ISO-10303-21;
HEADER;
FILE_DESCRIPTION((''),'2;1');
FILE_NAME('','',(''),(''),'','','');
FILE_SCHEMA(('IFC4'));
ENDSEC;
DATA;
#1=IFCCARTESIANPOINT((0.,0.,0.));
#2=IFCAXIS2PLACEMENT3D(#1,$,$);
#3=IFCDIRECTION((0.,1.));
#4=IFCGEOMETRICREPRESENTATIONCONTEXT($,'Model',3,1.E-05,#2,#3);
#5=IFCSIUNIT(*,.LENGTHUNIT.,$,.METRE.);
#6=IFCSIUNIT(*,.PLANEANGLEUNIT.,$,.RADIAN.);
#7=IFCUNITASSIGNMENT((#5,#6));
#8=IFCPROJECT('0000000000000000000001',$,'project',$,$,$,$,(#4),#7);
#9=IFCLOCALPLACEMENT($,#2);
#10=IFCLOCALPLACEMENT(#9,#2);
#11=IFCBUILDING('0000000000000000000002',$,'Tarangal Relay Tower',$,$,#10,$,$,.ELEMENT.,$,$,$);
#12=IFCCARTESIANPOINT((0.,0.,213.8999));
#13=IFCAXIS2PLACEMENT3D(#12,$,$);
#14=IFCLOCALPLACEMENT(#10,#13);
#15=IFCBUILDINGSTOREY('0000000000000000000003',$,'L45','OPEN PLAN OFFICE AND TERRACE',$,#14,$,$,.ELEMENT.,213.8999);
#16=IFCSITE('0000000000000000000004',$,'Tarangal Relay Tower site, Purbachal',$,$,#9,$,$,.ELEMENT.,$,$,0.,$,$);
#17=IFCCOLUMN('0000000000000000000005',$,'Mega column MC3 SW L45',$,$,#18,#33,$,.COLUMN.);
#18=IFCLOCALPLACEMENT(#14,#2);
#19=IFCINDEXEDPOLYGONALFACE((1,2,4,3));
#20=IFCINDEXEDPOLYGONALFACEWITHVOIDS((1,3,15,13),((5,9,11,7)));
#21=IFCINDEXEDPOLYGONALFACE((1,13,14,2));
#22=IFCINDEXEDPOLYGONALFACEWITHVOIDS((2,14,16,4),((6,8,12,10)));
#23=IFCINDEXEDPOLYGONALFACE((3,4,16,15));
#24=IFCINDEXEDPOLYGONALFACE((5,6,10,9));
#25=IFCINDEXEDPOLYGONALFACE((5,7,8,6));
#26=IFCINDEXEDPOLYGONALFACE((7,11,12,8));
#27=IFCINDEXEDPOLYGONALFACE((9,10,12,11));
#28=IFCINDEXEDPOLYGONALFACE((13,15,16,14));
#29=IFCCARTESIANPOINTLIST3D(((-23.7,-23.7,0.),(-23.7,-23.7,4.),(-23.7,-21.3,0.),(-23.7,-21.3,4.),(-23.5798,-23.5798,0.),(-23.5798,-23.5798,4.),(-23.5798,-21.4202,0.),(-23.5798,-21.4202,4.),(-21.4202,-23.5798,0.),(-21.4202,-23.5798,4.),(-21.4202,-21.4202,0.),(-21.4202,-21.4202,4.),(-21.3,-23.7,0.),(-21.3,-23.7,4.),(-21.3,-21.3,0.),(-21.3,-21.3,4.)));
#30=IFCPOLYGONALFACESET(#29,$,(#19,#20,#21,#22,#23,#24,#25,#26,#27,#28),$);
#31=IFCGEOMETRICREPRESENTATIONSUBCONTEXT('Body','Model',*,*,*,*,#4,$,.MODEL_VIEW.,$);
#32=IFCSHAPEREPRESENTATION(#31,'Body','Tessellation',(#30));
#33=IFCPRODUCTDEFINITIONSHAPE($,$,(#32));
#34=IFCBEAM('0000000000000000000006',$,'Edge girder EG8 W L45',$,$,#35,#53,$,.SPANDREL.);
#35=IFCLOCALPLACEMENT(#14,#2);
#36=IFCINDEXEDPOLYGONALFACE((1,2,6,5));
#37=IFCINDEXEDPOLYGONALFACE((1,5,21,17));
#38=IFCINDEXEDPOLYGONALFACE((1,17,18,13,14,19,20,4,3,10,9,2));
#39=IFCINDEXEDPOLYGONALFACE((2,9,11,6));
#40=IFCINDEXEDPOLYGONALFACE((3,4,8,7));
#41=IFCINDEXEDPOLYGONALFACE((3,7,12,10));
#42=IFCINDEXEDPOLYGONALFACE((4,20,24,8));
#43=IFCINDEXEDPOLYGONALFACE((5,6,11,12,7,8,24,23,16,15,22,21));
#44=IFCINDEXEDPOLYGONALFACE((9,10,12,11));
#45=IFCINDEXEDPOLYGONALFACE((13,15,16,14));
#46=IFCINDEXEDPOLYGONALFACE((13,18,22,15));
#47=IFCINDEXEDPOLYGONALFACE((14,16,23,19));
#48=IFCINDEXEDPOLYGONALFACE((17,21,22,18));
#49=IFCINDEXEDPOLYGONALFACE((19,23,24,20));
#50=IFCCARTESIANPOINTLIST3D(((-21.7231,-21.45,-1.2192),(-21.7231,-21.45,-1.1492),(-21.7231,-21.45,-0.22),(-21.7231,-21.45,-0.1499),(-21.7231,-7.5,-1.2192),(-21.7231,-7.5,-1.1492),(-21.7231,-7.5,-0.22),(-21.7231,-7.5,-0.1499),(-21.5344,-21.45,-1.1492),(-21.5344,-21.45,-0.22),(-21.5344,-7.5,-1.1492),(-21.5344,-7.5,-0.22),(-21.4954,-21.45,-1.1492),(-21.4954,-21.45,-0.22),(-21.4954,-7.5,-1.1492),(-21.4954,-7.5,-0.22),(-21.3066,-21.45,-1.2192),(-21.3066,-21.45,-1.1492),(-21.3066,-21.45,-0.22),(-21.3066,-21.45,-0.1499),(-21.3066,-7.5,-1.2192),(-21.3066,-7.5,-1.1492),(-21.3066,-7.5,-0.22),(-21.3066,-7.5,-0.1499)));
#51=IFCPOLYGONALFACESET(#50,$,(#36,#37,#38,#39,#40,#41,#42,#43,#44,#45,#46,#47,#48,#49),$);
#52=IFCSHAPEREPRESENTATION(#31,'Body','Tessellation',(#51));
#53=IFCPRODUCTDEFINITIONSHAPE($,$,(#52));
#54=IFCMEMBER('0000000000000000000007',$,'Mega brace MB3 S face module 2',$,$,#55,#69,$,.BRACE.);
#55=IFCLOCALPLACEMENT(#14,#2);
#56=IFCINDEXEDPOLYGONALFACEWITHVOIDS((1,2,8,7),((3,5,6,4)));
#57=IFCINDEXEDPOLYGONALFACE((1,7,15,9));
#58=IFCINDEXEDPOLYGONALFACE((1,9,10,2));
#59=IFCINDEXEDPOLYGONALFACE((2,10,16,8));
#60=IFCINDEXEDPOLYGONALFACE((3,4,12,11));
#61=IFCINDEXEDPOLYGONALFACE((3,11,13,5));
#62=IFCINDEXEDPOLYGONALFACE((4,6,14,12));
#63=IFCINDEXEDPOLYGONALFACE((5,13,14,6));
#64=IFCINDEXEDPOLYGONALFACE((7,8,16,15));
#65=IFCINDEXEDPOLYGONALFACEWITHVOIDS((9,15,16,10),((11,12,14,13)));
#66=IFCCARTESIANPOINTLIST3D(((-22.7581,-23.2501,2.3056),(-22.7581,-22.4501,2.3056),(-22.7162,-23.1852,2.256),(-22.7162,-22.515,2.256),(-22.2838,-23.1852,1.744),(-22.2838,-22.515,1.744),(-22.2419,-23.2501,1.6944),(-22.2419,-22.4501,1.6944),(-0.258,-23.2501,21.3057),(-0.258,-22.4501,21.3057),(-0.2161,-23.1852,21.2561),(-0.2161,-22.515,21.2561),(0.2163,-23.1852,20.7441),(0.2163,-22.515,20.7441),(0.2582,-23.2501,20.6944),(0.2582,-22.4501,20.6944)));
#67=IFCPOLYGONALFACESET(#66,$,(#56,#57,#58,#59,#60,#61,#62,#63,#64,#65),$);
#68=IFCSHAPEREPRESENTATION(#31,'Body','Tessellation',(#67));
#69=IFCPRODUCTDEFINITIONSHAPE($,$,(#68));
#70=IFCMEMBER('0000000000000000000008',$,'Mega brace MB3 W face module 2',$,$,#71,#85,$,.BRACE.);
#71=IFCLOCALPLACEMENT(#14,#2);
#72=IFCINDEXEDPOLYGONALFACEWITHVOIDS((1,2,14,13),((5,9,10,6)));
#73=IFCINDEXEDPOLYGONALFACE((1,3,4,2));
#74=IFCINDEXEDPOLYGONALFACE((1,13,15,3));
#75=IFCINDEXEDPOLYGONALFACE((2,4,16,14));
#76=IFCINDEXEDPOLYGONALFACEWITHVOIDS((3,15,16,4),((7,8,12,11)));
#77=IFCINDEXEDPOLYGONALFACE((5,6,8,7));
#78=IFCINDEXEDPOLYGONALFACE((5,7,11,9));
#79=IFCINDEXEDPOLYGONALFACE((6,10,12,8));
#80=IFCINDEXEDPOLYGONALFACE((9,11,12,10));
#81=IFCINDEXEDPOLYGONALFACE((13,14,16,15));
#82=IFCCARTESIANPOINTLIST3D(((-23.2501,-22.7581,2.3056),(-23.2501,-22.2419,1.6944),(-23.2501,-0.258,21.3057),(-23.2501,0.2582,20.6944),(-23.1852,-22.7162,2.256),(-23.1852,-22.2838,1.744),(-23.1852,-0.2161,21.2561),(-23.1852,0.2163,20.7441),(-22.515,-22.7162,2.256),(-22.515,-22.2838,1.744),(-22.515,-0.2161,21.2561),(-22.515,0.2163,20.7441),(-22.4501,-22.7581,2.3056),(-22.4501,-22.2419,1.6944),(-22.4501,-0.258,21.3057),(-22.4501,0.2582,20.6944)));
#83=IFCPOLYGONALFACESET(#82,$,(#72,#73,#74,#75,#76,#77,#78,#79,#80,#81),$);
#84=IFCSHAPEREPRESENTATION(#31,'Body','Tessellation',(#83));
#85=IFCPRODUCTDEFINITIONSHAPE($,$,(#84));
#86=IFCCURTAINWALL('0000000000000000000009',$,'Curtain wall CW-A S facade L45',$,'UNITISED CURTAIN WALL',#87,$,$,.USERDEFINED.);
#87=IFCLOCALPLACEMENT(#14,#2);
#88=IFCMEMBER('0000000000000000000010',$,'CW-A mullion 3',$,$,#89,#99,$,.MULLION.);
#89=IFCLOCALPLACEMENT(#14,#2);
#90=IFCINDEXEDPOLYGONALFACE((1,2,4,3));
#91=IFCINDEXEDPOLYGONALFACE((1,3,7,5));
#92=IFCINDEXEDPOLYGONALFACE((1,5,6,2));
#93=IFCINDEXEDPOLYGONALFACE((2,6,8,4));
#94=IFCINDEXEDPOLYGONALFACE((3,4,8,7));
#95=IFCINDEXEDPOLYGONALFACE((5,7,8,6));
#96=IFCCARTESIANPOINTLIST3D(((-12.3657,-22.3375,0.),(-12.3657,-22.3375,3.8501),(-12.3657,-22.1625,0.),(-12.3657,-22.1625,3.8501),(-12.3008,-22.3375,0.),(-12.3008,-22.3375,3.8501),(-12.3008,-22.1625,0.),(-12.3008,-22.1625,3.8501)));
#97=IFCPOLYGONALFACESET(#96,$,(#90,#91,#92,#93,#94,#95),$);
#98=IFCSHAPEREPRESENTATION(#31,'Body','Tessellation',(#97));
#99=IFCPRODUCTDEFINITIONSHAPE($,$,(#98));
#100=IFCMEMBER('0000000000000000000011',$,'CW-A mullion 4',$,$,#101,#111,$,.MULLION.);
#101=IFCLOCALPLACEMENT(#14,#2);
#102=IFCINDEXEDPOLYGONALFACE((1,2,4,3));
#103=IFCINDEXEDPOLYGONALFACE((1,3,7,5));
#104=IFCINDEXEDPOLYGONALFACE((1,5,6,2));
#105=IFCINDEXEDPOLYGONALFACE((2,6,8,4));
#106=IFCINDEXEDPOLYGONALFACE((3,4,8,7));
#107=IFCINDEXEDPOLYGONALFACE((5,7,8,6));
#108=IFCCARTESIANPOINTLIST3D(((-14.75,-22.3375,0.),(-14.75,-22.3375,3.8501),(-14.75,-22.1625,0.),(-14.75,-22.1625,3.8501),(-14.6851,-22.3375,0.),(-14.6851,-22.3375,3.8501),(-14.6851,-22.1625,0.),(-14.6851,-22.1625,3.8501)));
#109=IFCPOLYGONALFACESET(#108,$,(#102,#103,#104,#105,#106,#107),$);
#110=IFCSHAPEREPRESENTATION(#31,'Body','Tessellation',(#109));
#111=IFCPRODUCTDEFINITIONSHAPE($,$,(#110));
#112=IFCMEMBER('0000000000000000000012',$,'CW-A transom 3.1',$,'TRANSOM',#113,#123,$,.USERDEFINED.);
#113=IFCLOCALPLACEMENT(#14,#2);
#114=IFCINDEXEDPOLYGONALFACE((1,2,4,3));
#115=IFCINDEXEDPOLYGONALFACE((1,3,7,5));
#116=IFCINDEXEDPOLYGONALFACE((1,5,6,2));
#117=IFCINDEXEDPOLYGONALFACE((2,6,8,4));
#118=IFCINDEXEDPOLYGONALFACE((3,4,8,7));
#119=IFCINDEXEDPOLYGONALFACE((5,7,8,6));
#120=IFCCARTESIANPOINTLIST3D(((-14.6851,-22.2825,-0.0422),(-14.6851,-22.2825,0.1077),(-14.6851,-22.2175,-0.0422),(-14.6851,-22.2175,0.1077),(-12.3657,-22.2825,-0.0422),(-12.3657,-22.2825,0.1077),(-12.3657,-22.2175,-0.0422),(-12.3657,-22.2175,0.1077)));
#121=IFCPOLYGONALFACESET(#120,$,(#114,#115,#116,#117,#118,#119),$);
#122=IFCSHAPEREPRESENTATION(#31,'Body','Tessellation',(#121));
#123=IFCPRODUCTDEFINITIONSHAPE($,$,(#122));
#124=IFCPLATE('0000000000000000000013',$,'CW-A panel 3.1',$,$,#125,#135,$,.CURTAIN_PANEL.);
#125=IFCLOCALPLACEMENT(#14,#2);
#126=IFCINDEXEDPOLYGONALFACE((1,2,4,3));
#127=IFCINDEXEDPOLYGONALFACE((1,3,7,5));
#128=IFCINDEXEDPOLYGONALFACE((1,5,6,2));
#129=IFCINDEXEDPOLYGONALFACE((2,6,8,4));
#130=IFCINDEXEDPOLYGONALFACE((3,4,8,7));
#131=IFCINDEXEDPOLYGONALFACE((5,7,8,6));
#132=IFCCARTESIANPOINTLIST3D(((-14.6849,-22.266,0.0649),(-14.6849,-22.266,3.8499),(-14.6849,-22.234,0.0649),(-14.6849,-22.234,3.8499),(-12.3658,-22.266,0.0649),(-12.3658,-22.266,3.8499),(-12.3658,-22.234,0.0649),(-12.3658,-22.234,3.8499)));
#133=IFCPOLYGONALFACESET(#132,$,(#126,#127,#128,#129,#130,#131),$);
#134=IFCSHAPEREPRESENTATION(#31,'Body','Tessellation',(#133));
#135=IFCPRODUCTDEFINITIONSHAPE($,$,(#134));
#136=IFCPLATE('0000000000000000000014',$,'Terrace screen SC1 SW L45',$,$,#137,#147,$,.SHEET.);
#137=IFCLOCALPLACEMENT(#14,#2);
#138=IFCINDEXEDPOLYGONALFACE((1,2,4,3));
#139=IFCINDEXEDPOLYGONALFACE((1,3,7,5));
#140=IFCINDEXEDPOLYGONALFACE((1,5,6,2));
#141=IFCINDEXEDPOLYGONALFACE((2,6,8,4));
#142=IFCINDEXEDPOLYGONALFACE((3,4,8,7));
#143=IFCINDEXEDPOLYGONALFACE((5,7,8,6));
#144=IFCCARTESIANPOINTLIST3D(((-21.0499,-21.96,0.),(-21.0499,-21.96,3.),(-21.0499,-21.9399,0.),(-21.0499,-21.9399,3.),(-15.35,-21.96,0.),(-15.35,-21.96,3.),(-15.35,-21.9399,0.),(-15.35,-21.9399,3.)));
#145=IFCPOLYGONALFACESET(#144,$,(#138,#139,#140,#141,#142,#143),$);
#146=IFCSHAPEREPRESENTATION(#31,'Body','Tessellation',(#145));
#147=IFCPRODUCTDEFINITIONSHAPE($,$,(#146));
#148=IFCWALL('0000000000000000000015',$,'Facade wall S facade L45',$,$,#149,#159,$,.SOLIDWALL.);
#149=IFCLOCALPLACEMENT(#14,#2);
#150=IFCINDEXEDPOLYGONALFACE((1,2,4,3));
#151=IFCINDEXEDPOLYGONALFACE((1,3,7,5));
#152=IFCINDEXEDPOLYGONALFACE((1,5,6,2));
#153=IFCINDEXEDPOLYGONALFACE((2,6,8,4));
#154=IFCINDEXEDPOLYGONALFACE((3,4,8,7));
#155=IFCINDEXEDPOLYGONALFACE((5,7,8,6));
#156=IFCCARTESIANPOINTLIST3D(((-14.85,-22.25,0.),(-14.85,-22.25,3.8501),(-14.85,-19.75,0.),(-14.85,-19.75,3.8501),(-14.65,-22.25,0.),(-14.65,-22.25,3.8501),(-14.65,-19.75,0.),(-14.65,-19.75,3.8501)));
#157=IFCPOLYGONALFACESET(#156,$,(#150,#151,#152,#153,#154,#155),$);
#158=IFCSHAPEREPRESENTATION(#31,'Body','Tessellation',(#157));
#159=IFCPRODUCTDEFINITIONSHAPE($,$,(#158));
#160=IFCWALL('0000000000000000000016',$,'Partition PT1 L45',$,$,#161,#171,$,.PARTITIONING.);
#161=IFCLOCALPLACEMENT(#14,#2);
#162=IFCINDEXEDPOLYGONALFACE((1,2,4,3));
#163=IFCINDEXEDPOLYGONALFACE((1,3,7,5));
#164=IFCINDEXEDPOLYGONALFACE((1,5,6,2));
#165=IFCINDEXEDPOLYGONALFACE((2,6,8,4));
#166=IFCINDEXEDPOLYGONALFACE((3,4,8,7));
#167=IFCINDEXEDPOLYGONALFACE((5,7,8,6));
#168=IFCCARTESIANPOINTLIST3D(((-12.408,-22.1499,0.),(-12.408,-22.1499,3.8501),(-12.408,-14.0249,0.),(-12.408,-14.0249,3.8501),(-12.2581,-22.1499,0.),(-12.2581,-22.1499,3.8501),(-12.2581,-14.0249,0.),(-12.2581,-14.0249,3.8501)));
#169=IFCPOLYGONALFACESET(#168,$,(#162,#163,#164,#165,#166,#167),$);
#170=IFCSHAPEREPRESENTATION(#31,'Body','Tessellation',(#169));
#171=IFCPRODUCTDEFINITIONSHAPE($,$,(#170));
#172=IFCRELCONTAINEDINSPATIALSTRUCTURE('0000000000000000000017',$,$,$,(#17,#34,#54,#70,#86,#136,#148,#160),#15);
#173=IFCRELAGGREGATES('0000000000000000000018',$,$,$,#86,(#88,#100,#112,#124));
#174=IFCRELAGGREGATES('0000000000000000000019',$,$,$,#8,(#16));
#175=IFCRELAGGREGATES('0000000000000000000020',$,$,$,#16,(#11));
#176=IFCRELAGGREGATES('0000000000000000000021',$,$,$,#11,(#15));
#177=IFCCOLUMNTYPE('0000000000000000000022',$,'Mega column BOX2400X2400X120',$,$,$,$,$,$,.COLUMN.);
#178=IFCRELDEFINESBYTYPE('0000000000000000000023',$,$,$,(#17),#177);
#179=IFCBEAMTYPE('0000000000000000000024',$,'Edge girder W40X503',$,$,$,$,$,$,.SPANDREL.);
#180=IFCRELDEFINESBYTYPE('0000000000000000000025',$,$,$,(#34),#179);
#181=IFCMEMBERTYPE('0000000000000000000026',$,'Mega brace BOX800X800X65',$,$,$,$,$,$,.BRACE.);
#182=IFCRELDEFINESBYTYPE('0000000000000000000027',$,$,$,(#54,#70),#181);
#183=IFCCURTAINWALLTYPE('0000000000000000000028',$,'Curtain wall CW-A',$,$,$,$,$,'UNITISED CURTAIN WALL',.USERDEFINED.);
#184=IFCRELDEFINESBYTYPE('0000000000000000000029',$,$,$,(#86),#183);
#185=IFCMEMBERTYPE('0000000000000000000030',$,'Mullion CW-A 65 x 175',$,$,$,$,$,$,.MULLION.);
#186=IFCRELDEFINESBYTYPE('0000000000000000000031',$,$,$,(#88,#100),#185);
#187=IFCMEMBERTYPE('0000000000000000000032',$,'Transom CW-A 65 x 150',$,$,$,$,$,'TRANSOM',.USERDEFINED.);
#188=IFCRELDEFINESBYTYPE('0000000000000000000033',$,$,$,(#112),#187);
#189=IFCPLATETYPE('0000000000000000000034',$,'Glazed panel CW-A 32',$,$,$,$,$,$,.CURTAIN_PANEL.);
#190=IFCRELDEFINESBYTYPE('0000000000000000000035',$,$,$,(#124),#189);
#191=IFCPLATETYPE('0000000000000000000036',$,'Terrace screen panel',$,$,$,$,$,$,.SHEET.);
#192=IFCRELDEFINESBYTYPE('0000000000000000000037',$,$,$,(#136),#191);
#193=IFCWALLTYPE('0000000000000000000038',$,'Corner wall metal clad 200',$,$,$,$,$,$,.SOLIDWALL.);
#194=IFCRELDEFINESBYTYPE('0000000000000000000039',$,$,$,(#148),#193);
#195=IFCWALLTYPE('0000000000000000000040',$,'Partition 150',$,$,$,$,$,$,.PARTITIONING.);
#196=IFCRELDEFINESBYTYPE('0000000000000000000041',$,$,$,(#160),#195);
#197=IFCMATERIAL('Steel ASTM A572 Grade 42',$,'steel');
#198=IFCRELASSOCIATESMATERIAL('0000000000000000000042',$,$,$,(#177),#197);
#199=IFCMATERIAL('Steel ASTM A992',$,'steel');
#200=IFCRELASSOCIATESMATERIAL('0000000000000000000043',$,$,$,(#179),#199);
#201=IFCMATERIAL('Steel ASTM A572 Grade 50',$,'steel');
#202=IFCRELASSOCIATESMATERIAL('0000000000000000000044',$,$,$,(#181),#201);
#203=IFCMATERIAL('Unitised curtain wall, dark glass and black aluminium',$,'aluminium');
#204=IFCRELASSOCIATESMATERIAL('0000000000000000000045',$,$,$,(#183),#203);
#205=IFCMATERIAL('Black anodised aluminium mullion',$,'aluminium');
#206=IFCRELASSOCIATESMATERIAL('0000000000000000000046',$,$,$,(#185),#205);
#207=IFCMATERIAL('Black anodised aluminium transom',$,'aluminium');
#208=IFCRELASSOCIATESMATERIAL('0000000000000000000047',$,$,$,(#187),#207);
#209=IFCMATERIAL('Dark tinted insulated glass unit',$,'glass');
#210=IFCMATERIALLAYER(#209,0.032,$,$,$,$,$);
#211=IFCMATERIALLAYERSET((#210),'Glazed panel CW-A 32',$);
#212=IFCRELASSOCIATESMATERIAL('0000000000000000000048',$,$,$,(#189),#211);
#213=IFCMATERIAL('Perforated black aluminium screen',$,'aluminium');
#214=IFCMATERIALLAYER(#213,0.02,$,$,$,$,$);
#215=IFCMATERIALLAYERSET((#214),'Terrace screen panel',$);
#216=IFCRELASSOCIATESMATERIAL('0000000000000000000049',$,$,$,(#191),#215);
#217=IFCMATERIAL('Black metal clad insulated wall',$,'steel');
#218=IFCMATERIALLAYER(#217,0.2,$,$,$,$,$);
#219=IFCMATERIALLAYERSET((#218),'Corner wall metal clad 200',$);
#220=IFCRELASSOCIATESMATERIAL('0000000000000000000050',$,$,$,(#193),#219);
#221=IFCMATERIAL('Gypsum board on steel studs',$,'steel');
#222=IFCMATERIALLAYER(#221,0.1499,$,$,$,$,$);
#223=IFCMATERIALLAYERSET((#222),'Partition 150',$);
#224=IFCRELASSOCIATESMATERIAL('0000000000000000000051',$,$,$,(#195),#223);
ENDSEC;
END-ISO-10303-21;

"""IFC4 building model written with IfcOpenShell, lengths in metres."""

from ifc_helpers import new_model, si_unit, direction, frame, frame_2d, origin, origin_2d, place, context, subcontext, project, spatial, rectangle, hollow_rectangle, i_section, extrude, material, layer, layer_set, material_profile, profile_set, type_object, element, aggregate, save


model = new_model("IFC4")

# Units and contexts
model_context = context("Model", 3, precision=1e-05, world=origin(), true_north=direction((0.0, 1.0)))
body_context = subcontext(model_context, "Body", "Model", "MODEL_VIEW")
ifc_project = project(units=[si_unit("LENGTHUNIT", "METRE"), si_unit("PLANEANGLEUNIT", "RADIAN")], contexts=[model_context])

# Site, building, storey
site_placement = place(None, origin())
site = spatial("IfcSite", under=ifc_project, at=site_placement, Name="Tarangal Relay Tower site, Purbachal", CompositionType="ELEMENT", RefElevation=0.0)
building_placement = place(site_placement, origin())
building = spatial("IfcBuilding", under=site, at=building_placement, Name="Tarangal Relay Tower", CompositionType="ELEMENT")
storey_placement = place(building_placement, frame((0.0, 0.0, 213.8999)))
storey = spatial("IfcBuildingStorey", under=building, at=storey_placement, Name="L45", Description="OPEN PLAN OFFICE AND TERRACE", CompositionType="ELEMENT", Elevation=213.8999)

# Column
ifc_material_1 = material(Name="Steel ASTM A572 Grade 42", Category="steel")
ifc_material_profile_1 = material_profile(ifc_material_1, hollow_rectangle(XDim=2.3999, YDim=2.3999, WallThickness=0.1201, at=origin_2d()), Name="BOX2400X2400X120")
ifc_profile_set_1 = profile_set([ifc_material_profile_1], Name="Steel ASTM A572 Grade 42")
column_type = type_object("IfcColumnType", Name="Mega column BOX2400X2400X120", PredefinedType="COLUMN", material=ifc_profile_set_1)
column_placement = place(storey_placement, frame((-22.5, -22.5, 0.0), z_axis=(0.0, 0.0, 1.0), x_axis=(1.0, 0.0, 0.0)))
element("IfcColumn", 1, at=column_placement, inside=storey, type_object=column_type, Name="Mega column MC3 SW L45", PredefinedType="COLUMN", context=body_context, shape_type="SweptSolid", body=[
    extrude(hollow_rectangle(XDim=2.3999, YDim=2.3999, WallThickness=0.1201, at=origin_2d()), origin(), (0.0, 0.0, 1.0), 4.0),
])

# Beam
ifc_material_2 = material(Name="Steel ASTM A992", Category="steel")
ifc_material_profile_2 = material_profile(ifc_material_2, i_section(OverallWidth=0.4165, OverallDepth=1.0693, WebThickness=0.0391, FlangeThickness=0.0701, at=origin_2d()), Name="W40X503")
ifc_profile_set_2 = profile_set([ifc_material_profile_2], Name="Steel ASTM A992")
beam_type = type_object("IfcBeamType", Name="Edge girder W40X503", PredefinedType="SPANDREL", material=ifc_profile_set_2)
beam_placement = place(storey_placement, frame((-21.5149, -21.45, -0.6846), z_axis=(0.0, 1.0, 0.0), x_axis=(-1.0, 0.0, 0.0)))
element("IfcBeam", 2, at=beam_placement, inside=storey, type_object=beam_type, Name="Edge girder EG8 W L45", PredefinedType="SPANDREL", context=body_context, shape_type="SweptSolid", body=[
    extrude(i_section(OverallWidth=0.4165, OverallDepth=1.0693, WebThickness=0.0391, FlangeThickness=0.0701, at=origin_2d()), origin(), (0.0, 0.0, 1.0), 13.95),
])

# Members
ifc_material_3 = material(Name="Steel ASTM A572 Grade 50", Category="steel")
ifc_material_profile_3 = material_profile(ifc_material_3, hollow_rectangle(XDim=0.8, YDim=0.8, WallThickness=0.0649, at=origin_2d()), Name="BOX800X800X65")
ifc_profile_set_3 = profile_set([ifc_material_profile_3], Name="Steel ASTM A572 Grade 50")
member_type_1 = type_object("IfcMemberType", Name="Mega brace BOX800X800X65", PredefinedType="BRACE", material=ifc_profile_set_3)
for number, where, z_axis, x_axis, name in (
    (3, (-22.5, -22.8501, 2.0), (0.76403, 0.0, 0.645181), (0.0, 1.0, 0.0), "Mega brace MB3 S face module 2"),
    (4, (-22.8501, -22.5, 2.0), (0.0, 0.76403, 0.645181), (-1.0, 0.0, 0.0), "Mega brace MB3 W face module 2"),
):
    element("IfcMember", number, at=place(storey_placement, frame(where, z_axis=z_axis, x_axis=x_axis)), inside=storey, type_object=member_type_1, Name=name, PredefinedType="BRACE", context=body_context, shape_type="SweptSolid", body=[
        extrude(hollow_rectangle(XDim=0.8, YDim=0.8, WallThickness=0.0649, at=origin_2d()), origin(), (0.0, 0.0, 1.0), 29.4492),
    ])

# Curtain wall, members, plate
ifc_material_4 = material(Name="Unitised curtain wall, dark glass and black aluminium", Category="aluminium")
curtain_wall_type = type_object("IfcCurtainWallType", Name="Curtain wall CW-A", ElementType="UNITISED CURTAIN WALL", PredefinedType="USERDEFINED", material=ifc_material_4)
curtain_wall_placement = place(storey_placement, origin())
curtain_wall = element("IfcCurtainWall", 5, at=curtain_wall_placement, inside=storey, type_object=curtain_wall_type, Name="Curtain wall CW-A S facade L45", ObjectType="UNITISED CURTAIN WALL", PredefinedType="USERDEFINED")
ifc_material_5 = material(Name="Black anodised aluminium mullion", Category="aluminium")
ifc_material_profile_4 = material_profile(ifc_material_5, rectangle(XDim=0.175, YDim=0.0649, at=origin_2d()), Name="CW-AM 65X175")
ifc_profile_set_4 = profile_set([ifc_material_profile_4], Name="Black anodised aluminium mullion")
member_type_2 = type_object("IfcMemberType", Name="Mullion CW-A 65 x 175", PredefinedType="MULLION", material=ifc_profile_set_4)
member_1_placement = place(storey_placement, frame((-12.3333, -22.25, 0.0), z_axis=(0.0, 0.0, 1.0), x_axis=(0.0, -1.0, 0.0)))
member_1 = element("IfcMember", 6, at=member_1_placement, type_object=member_type_2, Name="CW-A mullion 3", PredefinedType="MULLION", context=body_context, shape_type="SweptSolid", body=[
    extrude(rectangle(XDim=0.175, YDim=0.0649, at=origin_2d()), origin(), (0.0, 0.0, 1.0), 3.8501),
])
member_2_placement = place(storey_placement, frame((-14.7175, -22.25, 0.0), z_axis=(0.0, 0.0, 1.0), x_axis=(0.0, -1.0, 0.0)))
member_2 = element("IfcMember", 7, at=member_2_placement, type_object=member_type_2, Name="CW-A mullion 4", PredefinedType="MULLION", context=body_context, shape_type="SweptSolid", body=[
    extrude(rectangle(XDim=0.175, YDim=0.0649, at=origin_2d()), origin(), (0.0, 0.0, 1.0), 3.8501),
])
ifc_material_6 = material(Name="Black anodised aluminium transom", Category="aluminium")
ifc_material_profile_5 = material_profile(ifc_material_6, rectangle(XDim=0.0649, YDim=0.1499, at=origin_2d()), Name="CW-AT 65X150")
ifc_profile_set_5 = profile_set([ifc_material_profile_5], Name="Black anodised aluminium transom")
member_type_3 = type_object("IfcMemberType", Name="Transom CW-A 65 x 150", ElementType="TRANSOM", PredefinedType="USERDEFINED", material=ifc_profile_set_5)
member_3_placement = place(storey_placement, frame((-12.3657, -22.25, 0.0327), z_axis=(-1.0, 0.0, 0.0), x_axis=(0.0, -1.0, 0.0)))
member_3 = element("IfcMember", 8, at=member_3_placement, type_object=member_type_3, Name="CW-A transom 3.1", ObjectType="TRANSOM", PredefinedType="USERDEFINED", context=body_context, shape_type="SweptSolid", body=[
    extrude(rectangle(XDim=0.0649, YDim=0.1499, at=origin_2d()), origin(), (0.0, 0.0, 1.0), 2.3193),
])
ifc_material_7 = material(Name="Dark tinted insulated glass unit", Category="glass")
ifc_layer_1 = layer(ifc_material_7, 0.032)
ifc_layer_set_1 = layer_set([ifc_layer_1], Name="Glazed panel CW-A 32")
plate_type_1 = type_object("IfcPlateType", Name="Glazed panel CW-A 32", PredefinedType="CURTAIN_PANEL", material=ifc_layer_set_1)
plate_1_placement = place(storey_placement, frame((-13.5254, -22.25, 0.0649), z_axis=(0.0, 0.0, 1.0), x_axis=(-1.0, 0.0, 0.0)))
plate_1 = element("IfcPlate", 9, at=plate_1_placement, type_object=plate_type_1, Name="CW-A panel 3.1", PredefinedType="CURTAIN_PANEL", context=body_context, shape_type="SweptSolid", body=[
    extrude(rectangle(XDim=2.3191, YDim=0.032, at=origin_2d()), origin(), (0.0, 0.0, 1.0), 3.7849),
])
aggregate(curtain_wall, [member_1, member_2, member_3, plate_1])

# Plate
ifc_material_8 = material(Name="Perforated black aluminium screen", Category="aluminium")
ifc_layer_2 = layer(ifc_material_8, 0.02)
ifc_layer_set_2 = layer_set([ifc_layer_2], Name="Terrace screen panel")
plate_type_2 = type_object("IfcPlateType", Name="Terrace screen panel", PredefinedType="SHEET", material=ifc_layer_set_2)
plate_2_placement = place(storey_placement, frame((-18.2, -21.95, 0.0), z_axis=(0.0, 0.0, 1.0), x_axis=(-1.0, 0.0, 0.0)))
element("IfcPlate", 10, at=plate_2_placement, inside=storey, type_object=plate_type_2, Name="Terrace screen SC1 SW L45", PredefinedType="SHEET", context=body_context, shape_type="SweptSolid", body=[
    extrude(rectangle(XDim=5.7, YDim=0.02, at=origin_2d()), origin(), (0.0, 0.0, 1.0), 3.0),
])

# Walls
ifc_material_9 = material(Name="Black metal clad insulated wall", Category="steel")
ifc_layer_3 = layer(ifc_material_9, 0.2)
ifc_layer_set_3 = layer_set([ifc_layer_3], Name="Corner wall metal clad 200")
wall_type_1 = type_object("IfcWallType", Name="Corner wall metal clad 200", PredefinedType="SOLIDWALL", material=ifc_layer_set_3)
wall_1_placement = place(storey_placement, frame((-14.75, -22.25, 0.0), z_axis=(0.0, 0.0, 1.0), x_axis=(0.0, 1.0, 0.0)))
element("IfcWall", 11, at=wall_1_placement, inside=storey, type_object=wall_type_1, Name="Facade wall S facade L45", PredefinedType="SOLIDWALL", context=body_context, shape_type="SweptSolid", body=[
    extrude(rectangle(XDim=2.5, YDim=0.2, at=frame_2d((1.25, 0.0))), origin(), (0.0, 0.0, 1.0), 3.8501),
])
ifc_material_10 = material(Name="Gypsum board on steel studs", Category="steel")
ifc_layer_4 = layer(ifc_material_10, 0.1499)
ifc_layer_set_4 = layer_set([ifc_layer_4], Name="Partition 150")
wall_type_2 = type_object("IfcWallType", Name="Partition 150", PredefinedType="PARTITIONING", material=ifc_layer_set_4)
wall_2_placement = place(storey_placement, frame((-12.333, -22.1499, 0.0), z_axis=(0.0, 0.0, 1.0), x_axis=(0.0, 1.0, 0.0)))
element("IfcWall", 12, at=wall_2_placement, inside=storey, type_object=wall_type_2, Name="Partition PT1 L45", PredefinedType="PARTITIONING", context=body_context, shape_type="SweptSolid", body=[
    extrude(rectangle(XDim=8.125, YDim=0.1499, at=frame_2d((4.0625, 0.0))), origin(), (0.0, 0.0, 1.0), 3.8501),
])

save(model, "model.ifc")
